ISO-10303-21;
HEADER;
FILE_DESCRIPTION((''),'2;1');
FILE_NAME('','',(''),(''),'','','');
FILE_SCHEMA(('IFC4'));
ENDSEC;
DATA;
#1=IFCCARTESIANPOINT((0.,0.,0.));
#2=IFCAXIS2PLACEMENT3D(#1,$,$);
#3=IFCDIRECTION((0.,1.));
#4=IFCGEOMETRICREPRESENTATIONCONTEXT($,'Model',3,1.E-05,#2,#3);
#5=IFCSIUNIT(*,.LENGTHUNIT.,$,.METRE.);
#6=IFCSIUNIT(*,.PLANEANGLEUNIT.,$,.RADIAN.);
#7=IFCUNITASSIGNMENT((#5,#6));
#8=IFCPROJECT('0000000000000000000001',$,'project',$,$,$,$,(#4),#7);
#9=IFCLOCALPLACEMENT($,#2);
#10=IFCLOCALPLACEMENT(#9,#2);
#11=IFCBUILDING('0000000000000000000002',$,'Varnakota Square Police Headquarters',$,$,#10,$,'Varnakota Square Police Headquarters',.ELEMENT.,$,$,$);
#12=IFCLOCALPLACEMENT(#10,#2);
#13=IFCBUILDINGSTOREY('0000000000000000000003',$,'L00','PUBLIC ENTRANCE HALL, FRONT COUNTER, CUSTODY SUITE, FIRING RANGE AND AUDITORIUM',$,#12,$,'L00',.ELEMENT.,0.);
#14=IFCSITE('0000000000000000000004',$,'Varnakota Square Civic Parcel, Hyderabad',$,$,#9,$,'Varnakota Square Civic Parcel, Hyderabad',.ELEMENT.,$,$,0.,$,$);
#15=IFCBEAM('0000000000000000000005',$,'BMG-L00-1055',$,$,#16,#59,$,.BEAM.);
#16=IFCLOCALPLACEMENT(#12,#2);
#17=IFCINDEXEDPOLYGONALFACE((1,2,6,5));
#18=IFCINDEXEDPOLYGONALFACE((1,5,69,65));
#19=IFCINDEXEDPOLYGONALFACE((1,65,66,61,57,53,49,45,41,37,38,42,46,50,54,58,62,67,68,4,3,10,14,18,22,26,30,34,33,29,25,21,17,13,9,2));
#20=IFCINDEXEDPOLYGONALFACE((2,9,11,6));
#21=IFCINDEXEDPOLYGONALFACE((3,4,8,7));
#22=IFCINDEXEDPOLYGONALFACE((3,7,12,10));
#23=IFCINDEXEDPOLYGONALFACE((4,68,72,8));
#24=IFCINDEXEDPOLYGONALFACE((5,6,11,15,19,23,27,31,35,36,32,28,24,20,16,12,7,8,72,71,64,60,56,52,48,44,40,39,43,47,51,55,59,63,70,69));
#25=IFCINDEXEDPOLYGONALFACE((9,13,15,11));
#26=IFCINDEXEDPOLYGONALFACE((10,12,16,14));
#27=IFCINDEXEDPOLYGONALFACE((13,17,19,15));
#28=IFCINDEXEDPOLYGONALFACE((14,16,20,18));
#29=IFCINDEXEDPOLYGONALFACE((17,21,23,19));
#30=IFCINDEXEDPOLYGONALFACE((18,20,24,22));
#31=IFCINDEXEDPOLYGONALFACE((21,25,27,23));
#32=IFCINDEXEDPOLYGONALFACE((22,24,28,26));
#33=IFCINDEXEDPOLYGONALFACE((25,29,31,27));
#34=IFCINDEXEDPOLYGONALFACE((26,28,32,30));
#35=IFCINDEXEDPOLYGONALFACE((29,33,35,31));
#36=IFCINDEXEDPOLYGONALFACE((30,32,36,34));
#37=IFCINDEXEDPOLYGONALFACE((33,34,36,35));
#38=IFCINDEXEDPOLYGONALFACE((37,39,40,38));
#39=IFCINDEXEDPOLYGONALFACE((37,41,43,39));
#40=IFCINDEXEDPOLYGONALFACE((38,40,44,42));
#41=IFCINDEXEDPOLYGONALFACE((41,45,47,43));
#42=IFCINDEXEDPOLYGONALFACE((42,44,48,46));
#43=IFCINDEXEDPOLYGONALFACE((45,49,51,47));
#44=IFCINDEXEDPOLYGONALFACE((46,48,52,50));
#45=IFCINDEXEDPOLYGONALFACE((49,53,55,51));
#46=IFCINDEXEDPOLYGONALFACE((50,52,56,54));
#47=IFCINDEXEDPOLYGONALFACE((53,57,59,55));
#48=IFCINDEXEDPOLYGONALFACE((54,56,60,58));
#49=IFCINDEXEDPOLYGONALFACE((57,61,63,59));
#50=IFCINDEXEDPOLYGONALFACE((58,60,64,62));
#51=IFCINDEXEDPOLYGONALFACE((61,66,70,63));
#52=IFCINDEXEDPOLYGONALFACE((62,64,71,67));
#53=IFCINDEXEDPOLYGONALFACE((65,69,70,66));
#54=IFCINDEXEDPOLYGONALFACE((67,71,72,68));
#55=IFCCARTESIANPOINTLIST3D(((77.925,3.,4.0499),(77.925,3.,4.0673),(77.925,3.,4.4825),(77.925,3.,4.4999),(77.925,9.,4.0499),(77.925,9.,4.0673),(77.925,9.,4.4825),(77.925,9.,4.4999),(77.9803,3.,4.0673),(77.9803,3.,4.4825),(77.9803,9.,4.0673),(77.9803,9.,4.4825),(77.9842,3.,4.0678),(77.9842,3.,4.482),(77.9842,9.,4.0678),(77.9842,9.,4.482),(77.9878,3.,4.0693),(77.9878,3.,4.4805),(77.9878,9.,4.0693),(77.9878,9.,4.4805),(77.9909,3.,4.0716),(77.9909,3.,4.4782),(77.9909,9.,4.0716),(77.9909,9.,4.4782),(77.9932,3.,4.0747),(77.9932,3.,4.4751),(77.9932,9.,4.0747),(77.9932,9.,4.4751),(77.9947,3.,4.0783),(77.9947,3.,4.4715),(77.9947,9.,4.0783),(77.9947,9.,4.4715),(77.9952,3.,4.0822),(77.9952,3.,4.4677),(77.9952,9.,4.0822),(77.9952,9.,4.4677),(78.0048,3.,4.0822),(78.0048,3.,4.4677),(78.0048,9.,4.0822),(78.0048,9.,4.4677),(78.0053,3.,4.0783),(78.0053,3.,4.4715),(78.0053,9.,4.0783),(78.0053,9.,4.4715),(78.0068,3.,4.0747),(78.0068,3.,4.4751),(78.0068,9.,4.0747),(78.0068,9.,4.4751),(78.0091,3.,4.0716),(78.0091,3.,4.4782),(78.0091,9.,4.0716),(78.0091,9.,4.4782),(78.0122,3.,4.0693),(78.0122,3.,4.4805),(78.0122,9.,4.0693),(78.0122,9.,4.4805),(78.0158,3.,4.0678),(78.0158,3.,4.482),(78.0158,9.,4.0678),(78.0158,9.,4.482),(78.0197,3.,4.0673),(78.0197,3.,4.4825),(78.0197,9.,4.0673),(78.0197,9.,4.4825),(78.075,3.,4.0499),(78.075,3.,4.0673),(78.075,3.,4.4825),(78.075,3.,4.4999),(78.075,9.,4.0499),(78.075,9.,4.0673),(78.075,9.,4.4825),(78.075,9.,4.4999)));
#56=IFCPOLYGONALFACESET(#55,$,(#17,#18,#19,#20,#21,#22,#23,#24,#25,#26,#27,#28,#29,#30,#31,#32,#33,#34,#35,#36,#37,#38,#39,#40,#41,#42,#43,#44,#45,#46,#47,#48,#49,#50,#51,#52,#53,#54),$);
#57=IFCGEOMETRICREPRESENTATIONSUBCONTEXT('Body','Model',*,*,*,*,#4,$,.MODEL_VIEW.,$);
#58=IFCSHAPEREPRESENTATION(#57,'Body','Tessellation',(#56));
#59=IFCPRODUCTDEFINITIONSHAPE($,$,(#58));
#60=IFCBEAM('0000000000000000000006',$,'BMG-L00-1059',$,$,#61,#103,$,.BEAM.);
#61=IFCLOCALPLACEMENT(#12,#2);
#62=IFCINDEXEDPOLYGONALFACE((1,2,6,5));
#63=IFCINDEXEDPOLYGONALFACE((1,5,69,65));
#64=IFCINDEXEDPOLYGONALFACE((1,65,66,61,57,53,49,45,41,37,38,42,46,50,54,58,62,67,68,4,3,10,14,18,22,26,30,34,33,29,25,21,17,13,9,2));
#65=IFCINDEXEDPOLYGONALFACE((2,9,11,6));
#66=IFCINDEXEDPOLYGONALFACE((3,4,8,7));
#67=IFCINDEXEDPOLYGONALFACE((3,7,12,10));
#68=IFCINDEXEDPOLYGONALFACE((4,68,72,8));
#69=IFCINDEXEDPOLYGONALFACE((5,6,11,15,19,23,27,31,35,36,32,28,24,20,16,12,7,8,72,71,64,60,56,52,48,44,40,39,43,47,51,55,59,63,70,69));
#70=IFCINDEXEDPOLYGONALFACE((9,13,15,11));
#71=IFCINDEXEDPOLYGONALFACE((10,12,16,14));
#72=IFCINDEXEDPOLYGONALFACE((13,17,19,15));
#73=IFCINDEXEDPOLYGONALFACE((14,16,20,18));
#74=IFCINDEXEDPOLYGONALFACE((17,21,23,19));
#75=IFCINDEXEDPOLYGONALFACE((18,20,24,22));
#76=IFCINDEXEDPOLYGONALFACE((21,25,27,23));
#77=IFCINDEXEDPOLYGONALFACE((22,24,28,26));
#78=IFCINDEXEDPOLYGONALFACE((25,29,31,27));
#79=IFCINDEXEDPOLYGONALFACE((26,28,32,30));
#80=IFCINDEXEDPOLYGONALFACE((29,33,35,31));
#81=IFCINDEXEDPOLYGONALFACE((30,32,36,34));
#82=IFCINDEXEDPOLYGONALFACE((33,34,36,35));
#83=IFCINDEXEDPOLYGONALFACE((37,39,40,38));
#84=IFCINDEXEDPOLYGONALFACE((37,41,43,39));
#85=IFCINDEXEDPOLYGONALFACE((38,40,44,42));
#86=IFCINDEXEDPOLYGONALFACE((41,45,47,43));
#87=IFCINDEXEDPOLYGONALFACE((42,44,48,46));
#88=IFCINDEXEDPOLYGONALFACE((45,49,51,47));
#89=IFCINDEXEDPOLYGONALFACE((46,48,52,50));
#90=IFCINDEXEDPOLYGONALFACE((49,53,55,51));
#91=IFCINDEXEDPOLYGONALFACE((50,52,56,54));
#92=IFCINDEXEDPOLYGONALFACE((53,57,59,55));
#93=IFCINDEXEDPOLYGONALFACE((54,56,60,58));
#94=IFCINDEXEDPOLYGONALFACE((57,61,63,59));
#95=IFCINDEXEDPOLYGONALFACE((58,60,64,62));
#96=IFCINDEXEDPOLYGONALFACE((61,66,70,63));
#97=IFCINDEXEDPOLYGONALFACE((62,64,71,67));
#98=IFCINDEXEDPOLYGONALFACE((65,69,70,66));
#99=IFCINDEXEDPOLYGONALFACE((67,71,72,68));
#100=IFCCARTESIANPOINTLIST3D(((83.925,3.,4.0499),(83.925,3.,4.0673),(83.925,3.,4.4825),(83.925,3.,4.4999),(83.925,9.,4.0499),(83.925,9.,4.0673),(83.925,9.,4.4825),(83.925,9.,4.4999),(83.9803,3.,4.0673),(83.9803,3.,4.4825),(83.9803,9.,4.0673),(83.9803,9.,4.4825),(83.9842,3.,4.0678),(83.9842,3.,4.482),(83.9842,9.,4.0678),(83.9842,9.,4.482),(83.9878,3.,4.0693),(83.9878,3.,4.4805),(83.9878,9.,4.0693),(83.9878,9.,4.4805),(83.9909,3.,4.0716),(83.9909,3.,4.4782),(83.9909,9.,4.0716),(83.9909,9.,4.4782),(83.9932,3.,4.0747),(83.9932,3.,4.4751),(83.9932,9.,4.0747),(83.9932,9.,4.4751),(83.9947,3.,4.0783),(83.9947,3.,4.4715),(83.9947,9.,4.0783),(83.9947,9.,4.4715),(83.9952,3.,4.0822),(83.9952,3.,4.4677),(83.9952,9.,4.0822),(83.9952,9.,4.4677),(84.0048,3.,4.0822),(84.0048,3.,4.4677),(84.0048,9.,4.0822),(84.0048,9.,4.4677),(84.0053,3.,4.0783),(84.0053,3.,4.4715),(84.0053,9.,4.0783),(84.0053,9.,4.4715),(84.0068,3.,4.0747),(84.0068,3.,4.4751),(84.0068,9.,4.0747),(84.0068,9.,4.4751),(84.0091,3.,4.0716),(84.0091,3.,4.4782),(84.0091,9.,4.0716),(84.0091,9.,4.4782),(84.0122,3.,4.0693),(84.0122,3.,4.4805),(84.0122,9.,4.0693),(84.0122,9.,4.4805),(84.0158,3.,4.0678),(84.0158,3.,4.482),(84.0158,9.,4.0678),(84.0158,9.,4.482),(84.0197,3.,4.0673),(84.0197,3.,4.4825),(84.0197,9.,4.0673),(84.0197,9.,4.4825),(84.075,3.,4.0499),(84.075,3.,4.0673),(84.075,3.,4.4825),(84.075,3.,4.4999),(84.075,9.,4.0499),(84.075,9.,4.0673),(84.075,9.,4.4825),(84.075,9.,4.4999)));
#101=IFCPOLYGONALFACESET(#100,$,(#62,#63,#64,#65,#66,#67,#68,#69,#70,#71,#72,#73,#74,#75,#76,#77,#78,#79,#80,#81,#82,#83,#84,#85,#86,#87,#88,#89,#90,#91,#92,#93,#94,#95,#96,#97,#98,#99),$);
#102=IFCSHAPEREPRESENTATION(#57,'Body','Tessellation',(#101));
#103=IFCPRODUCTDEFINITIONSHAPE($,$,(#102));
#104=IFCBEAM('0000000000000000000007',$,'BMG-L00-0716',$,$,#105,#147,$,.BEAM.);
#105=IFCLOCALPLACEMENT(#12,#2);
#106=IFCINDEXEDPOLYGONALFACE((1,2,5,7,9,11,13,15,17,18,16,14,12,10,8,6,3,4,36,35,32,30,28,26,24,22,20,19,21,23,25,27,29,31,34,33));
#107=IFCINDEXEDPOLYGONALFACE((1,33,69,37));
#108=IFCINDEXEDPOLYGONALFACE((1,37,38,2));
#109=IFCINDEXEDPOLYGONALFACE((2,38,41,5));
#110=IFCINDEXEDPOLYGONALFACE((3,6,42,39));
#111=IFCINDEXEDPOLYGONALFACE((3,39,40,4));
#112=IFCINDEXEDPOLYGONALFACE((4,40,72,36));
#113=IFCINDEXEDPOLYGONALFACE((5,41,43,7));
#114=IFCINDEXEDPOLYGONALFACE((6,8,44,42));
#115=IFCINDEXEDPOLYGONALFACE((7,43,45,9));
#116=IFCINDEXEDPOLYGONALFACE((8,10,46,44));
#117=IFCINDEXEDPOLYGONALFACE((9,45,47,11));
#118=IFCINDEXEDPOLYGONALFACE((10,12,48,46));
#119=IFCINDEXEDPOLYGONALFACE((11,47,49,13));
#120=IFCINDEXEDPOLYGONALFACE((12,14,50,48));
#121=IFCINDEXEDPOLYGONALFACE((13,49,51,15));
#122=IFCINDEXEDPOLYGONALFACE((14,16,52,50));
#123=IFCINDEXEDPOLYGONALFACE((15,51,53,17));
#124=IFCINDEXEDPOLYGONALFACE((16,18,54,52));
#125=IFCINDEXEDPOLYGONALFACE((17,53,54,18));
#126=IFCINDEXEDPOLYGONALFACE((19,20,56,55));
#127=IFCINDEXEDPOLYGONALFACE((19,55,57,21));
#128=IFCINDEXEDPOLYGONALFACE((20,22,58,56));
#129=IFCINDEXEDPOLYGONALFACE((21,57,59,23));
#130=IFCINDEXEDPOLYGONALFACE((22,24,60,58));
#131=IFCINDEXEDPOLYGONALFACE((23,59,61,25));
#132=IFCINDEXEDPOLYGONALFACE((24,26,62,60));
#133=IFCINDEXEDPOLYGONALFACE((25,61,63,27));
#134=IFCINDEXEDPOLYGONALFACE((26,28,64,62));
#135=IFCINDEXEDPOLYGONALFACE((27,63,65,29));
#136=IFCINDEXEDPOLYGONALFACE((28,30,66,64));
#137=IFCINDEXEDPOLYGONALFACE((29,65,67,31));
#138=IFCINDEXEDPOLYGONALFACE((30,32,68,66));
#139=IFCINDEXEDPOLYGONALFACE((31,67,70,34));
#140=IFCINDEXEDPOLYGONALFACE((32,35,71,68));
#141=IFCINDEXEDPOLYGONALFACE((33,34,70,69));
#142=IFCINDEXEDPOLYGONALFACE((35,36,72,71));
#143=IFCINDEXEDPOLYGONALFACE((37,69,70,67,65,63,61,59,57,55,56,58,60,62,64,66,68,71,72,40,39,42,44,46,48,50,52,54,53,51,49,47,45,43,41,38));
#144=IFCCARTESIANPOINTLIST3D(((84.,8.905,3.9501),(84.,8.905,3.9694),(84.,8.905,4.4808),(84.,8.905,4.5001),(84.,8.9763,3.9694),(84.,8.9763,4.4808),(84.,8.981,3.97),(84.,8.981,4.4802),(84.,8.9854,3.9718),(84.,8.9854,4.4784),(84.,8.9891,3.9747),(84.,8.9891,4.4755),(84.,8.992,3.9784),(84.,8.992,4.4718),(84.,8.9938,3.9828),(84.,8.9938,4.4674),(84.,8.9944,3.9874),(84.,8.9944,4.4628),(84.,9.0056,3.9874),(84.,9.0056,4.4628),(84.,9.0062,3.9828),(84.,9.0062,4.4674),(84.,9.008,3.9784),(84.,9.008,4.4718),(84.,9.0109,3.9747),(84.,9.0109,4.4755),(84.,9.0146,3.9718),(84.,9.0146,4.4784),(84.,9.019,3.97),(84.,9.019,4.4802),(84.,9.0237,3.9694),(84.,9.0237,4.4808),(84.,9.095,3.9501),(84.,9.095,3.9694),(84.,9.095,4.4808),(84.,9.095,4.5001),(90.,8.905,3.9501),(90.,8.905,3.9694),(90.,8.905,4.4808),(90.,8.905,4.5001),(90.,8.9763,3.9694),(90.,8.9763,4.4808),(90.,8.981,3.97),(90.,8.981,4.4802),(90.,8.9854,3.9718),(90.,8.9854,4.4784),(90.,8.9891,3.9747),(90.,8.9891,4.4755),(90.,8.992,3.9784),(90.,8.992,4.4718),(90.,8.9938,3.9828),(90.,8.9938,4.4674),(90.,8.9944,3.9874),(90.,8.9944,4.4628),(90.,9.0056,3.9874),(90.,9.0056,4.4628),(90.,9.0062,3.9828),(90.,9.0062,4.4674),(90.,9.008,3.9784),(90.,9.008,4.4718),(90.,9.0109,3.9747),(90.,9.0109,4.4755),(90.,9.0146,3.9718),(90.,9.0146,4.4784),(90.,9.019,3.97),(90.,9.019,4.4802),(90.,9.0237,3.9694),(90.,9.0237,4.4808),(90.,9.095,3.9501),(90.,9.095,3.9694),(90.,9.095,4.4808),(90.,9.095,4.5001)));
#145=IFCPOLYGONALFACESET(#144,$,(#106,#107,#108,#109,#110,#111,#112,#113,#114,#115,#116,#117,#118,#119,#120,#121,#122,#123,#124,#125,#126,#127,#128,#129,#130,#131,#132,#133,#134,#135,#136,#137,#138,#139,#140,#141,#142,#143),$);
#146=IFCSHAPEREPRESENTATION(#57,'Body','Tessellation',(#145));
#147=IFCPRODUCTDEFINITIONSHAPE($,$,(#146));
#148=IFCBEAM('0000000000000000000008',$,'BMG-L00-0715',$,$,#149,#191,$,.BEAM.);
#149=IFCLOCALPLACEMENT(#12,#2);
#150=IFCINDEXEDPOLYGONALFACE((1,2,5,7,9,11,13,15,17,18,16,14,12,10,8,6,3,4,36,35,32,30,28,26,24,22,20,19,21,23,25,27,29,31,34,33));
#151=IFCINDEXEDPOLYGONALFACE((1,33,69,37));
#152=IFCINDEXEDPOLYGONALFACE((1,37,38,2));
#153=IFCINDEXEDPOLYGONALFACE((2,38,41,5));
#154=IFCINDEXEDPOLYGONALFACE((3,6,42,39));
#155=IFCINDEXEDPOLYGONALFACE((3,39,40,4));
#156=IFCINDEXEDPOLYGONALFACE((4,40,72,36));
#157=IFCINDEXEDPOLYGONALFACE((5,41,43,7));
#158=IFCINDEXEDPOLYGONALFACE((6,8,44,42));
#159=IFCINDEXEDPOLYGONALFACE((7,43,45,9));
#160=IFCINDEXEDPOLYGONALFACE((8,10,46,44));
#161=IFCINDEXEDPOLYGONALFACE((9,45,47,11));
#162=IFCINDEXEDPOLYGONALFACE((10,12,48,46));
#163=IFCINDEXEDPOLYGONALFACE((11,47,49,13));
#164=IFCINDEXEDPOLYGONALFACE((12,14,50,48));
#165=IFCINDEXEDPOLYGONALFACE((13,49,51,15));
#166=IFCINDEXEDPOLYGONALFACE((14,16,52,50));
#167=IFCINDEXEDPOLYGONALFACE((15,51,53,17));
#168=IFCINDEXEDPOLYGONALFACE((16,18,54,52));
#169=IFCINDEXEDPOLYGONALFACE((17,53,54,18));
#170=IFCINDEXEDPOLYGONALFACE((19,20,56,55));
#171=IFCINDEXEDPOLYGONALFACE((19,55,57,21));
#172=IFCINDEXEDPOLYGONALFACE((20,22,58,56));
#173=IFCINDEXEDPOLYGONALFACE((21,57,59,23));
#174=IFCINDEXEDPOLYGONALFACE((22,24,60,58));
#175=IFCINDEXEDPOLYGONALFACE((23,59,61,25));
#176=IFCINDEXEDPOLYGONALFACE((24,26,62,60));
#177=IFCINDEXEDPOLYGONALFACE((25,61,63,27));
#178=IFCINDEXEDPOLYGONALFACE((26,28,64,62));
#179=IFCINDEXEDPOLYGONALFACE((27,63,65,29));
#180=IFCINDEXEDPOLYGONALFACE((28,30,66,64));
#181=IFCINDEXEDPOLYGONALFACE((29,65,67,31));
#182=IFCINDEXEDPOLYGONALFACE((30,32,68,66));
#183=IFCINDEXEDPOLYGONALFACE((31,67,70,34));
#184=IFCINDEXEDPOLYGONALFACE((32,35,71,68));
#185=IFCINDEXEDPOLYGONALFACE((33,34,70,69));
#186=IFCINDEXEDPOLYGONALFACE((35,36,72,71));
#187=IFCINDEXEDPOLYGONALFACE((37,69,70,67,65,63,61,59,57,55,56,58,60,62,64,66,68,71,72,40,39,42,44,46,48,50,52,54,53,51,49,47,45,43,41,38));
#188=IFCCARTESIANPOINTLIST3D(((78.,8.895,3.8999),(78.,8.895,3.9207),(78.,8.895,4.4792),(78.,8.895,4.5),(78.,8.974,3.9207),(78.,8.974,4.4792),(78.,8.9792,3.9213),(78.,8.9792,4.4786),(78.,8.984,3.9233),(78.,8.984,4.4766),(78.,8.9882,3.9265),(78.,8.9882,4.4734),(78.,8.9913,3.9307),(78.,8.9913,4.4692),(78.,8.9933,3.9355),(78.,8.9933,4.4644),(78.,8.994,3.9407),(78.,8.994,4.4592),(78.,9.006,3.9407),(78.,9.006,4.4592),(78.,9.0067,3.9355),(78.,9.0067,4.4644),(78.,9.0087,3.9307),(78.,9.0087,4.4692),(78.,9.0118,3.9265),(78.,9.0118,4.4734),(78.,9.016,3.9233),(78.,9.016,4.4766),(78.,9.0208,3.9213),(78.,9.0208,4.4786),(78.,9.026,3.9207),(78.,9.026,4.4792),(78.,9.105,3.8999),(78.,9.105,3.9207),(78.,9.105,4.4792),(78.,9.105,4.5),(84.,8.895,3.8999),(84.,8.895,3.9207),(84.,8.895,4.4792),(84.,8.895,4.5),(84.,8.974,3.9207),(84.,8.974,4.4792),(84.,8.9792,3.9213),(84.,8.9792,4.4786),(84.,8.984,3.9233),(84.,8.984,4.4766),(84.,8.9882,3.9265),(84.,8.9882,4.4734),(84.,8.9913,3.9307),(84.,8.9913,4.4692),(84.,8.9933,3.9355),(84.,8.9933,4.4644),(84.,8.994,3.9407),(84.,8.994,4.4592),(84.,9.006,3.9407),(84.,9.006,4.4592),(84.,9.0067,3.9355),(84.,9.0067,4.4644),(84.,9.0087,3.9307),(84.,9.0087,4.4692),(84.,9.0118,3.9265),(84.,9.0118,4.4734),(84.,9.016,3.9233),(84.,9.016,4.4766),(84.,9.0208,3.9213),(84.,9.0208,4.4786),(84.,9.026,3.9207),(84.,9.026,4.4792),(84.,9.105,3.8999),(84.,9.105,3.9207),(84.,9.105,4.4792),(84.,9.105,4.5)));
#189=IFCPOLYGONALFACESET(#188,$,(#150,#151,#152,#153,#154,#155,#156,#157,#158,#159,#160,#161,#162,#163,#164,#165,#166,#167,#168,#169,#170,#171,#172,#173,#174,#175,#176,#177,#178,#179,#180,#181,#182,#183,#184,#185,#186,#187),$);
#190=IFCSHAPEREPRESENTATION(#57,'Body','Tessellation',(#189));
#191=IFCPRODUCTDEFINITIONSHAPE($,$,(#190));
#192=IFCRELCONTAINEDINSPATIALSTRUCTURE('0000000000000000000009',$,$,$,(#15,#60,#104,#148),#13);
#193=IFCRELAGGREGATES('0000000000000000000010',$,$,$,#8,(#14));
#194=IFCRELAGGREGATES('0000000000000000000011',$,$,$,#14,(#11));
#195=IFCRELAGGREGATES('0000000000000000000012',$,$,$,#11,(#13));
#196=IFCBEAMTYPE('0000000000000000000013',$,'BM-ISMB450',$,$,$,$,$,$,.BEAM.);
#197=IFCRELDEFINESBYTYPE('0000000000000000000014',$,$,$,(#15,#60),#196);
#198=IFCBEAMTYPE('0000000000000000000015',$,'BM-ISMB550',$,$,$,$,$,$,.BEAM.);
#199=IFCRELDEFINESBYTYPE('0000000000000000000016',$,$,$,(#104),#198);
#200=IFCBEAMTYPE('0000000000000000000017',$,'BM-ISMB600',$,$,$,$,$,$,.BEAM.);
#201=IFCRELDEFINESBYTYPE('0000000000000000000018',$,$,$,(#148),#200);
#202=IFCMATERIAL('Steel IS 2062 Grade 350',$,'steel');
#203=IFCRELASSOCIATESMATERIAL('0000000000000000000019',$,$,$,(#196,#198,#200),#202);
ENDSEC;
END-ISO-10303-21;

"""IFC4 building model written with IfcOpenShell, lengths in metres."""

from ifc_helpers import new_model, si_unit, direction, frame, origin, origin_2d, place, context, subcontext, project, spatial, i_section, extrude, material, material_profile, profile_set, type_object, element, save


model = new_model("IFC4")

# Units and contexts
model_context = context("Model", 3, precision=1e-05, world=origin(), true_north=direction((0.0, 1.0)))
body_context = subcontext(model_context, "Body", "Model", "MODEL_VIEW")
ifc_project = project(units=[si_unit("LENGTHUNIT", "METRE"), si_unit("PLANEANGLEUNIT", "RADIAN")], contexts=[model_context])

# Site, building, storey
site_placement = place(None, origin())
site = spatial("IfcSite", under=ifc_project, at=site_placement, Name="Varnakota Square Civic Parcel, Hyderabad", LongName="Varnakota Square Civic Parcel, Hyderabad", CompositionType="ELEMENT", RefElevation=0.0)
building_placement = place(site_placement, origin())
building = spatial("IfcBuilding", under=site, at=building_placement, Name="Varnakota Square Police Headquarters", LongName="Varnakota Square Police Headquarters", CompositionType="ELEMENT")
storey_placement = place(building_placement, origin())
storey = spatial("IfcBuildingStorey", under=building, at=storey_placement, Name="L00", Description="PUBLIC ENTRANCE HALL, FRONT COUNTER, CUSTODY SUITE, FIRING RANGE AND AUDITORIUM", LongName="L00", CompositionType="ELEMENT", Elevation=0.0)

# Beams
ifc_material_1 = material(Name="Steel IS 2062 Grade 350", Category="steel")
ifc_material_profile_1 = material_profile(ifc_material_1, i_section(OverallWidth=0.1499, OverallDepth=0.45, WebThickness=0.0095, FlangeThickness=0.0173, FilletRadius=0.0149, at=origin_2d()), Name="ISMB 450")
ifc_profile_set_1 = profile_set([ifc_material_profile_1], Name="Steel IS 2062 Grade 350")
beam_type_1 = type_object("IfcBeamType", Name="BM-ISMB450", PredefinedType="BEAM", material=ifc_profile_set_1)
for number, where, z_axis, x_axis, name in (
    (1, (78.0, 3.0, 4.2749), (0.0, 1.0, 0.0), (-1.0, 0.0, 0.0), "BMG-L00-1055"),
    (2, (84.0, 3.0, 4.2749), (0.0, 1.0, 0.0), (-1.0, 0.0, 0.0), "BMG-L00-1059"),
):
    element("IfcBeam", number, at=place(storey_placement, frame(where, z_axis=z_axis, x_axis=x_axis)), inside=storey, type_object=beam_type_1, Name=name, PredefinedType="BEAM", context=body_context, shape_type="SweptSolid", body=[
        extrude(i_section(OverallWidth=0.1499, OverallDepth=0.45, WebThickness=0.0095, FlangeThickness=0.0173, FilletRadius=0.0149, at=origin_2d()), origin(), (0.0, 0.0, 1.0), 6.0),
    ])
ifc_material_profile_2 = material_profile(ifc_material_1, i_section(OverallWidth=0.1899, OverallDepth=0.55, WebThickness=0.0112, FlangeThickness=0.0193, FilletRadius=0.0181, at=origin_2d()), Name="ISMB 550")
ifc_profile_set_2 = profile_set([ifc_material_profile_2], Name="Steel IS 2062 Grade 350")
beam_type_2 = type_object("IfcBeamType", Name="BM-ISMB550", PredefinedType="BEAM", material=ifc_profile_set_2)
beam_1_placement = place(storey_placement, frame((84.0, 9.0, 4.2251), z_axis=(1.0, 0.0, 0.0), x_axis=(0.0, 1.0, 0.0)))
element("IfcBeam", 3, at=beam_1_placement, inside=storey, type_object=beam_type_2, Name="BMG-L00-0716", PredefinedType="BEAM", context=body_context, shape_type="SweptSolid", body=[
    extrude(i_section(OverallWidth=0.1899, OverallDepth=0.55, WebThickness=0.0112, FlangeThickness=0.0193, FilletRadius=0.0181, at=origin_2d()), origin(), (0.0, 0.0, 1.0), 6.0),
])
ifc_material_profile_3 = material_profile(ifc_material_1, i_section(OverallWidth=0.21, OverallDepth=0.6001, WebThickness=0.012, FlangeThickness=0.0208, FilletRadius=0.02, at=origin_2d()), Name="ISMB 600")
ifc_profile_set_3 = profile_set([ifc_material_profile_3], Name="Steel IS 2062 Grade 350")
beam_type_3 = type_object("IfcBeamType", Name="BM-ISMB600", PredefinedType="BEAM", material=ifc_profile_set_3)
beam_2_placement = place(storey_placement, frame((78.0, 9.0, 4.2), z_axis=(1.0, 0.0, 0.0), x_axis=(0.0, 1.0, 0.0)))
element("IfcBeam", 4, at=beam_2_placement, inside=storey, type_object=beam_type_3, Name="BMG-L00-0715", PredefinedType="BEAM", context=body_context, shape_type="SweptSolid", body=[
    extrude(i_section(OverallWidth=0.21, OverallDepth=0.6001, WebThickness=0.012, FlangeThickness=0.0208, FilletRadius=0.02, at=origin_2d()), origin(), (0.0, 0.0, 1.0), 6.0),
])

save(model, "model.ifc")
